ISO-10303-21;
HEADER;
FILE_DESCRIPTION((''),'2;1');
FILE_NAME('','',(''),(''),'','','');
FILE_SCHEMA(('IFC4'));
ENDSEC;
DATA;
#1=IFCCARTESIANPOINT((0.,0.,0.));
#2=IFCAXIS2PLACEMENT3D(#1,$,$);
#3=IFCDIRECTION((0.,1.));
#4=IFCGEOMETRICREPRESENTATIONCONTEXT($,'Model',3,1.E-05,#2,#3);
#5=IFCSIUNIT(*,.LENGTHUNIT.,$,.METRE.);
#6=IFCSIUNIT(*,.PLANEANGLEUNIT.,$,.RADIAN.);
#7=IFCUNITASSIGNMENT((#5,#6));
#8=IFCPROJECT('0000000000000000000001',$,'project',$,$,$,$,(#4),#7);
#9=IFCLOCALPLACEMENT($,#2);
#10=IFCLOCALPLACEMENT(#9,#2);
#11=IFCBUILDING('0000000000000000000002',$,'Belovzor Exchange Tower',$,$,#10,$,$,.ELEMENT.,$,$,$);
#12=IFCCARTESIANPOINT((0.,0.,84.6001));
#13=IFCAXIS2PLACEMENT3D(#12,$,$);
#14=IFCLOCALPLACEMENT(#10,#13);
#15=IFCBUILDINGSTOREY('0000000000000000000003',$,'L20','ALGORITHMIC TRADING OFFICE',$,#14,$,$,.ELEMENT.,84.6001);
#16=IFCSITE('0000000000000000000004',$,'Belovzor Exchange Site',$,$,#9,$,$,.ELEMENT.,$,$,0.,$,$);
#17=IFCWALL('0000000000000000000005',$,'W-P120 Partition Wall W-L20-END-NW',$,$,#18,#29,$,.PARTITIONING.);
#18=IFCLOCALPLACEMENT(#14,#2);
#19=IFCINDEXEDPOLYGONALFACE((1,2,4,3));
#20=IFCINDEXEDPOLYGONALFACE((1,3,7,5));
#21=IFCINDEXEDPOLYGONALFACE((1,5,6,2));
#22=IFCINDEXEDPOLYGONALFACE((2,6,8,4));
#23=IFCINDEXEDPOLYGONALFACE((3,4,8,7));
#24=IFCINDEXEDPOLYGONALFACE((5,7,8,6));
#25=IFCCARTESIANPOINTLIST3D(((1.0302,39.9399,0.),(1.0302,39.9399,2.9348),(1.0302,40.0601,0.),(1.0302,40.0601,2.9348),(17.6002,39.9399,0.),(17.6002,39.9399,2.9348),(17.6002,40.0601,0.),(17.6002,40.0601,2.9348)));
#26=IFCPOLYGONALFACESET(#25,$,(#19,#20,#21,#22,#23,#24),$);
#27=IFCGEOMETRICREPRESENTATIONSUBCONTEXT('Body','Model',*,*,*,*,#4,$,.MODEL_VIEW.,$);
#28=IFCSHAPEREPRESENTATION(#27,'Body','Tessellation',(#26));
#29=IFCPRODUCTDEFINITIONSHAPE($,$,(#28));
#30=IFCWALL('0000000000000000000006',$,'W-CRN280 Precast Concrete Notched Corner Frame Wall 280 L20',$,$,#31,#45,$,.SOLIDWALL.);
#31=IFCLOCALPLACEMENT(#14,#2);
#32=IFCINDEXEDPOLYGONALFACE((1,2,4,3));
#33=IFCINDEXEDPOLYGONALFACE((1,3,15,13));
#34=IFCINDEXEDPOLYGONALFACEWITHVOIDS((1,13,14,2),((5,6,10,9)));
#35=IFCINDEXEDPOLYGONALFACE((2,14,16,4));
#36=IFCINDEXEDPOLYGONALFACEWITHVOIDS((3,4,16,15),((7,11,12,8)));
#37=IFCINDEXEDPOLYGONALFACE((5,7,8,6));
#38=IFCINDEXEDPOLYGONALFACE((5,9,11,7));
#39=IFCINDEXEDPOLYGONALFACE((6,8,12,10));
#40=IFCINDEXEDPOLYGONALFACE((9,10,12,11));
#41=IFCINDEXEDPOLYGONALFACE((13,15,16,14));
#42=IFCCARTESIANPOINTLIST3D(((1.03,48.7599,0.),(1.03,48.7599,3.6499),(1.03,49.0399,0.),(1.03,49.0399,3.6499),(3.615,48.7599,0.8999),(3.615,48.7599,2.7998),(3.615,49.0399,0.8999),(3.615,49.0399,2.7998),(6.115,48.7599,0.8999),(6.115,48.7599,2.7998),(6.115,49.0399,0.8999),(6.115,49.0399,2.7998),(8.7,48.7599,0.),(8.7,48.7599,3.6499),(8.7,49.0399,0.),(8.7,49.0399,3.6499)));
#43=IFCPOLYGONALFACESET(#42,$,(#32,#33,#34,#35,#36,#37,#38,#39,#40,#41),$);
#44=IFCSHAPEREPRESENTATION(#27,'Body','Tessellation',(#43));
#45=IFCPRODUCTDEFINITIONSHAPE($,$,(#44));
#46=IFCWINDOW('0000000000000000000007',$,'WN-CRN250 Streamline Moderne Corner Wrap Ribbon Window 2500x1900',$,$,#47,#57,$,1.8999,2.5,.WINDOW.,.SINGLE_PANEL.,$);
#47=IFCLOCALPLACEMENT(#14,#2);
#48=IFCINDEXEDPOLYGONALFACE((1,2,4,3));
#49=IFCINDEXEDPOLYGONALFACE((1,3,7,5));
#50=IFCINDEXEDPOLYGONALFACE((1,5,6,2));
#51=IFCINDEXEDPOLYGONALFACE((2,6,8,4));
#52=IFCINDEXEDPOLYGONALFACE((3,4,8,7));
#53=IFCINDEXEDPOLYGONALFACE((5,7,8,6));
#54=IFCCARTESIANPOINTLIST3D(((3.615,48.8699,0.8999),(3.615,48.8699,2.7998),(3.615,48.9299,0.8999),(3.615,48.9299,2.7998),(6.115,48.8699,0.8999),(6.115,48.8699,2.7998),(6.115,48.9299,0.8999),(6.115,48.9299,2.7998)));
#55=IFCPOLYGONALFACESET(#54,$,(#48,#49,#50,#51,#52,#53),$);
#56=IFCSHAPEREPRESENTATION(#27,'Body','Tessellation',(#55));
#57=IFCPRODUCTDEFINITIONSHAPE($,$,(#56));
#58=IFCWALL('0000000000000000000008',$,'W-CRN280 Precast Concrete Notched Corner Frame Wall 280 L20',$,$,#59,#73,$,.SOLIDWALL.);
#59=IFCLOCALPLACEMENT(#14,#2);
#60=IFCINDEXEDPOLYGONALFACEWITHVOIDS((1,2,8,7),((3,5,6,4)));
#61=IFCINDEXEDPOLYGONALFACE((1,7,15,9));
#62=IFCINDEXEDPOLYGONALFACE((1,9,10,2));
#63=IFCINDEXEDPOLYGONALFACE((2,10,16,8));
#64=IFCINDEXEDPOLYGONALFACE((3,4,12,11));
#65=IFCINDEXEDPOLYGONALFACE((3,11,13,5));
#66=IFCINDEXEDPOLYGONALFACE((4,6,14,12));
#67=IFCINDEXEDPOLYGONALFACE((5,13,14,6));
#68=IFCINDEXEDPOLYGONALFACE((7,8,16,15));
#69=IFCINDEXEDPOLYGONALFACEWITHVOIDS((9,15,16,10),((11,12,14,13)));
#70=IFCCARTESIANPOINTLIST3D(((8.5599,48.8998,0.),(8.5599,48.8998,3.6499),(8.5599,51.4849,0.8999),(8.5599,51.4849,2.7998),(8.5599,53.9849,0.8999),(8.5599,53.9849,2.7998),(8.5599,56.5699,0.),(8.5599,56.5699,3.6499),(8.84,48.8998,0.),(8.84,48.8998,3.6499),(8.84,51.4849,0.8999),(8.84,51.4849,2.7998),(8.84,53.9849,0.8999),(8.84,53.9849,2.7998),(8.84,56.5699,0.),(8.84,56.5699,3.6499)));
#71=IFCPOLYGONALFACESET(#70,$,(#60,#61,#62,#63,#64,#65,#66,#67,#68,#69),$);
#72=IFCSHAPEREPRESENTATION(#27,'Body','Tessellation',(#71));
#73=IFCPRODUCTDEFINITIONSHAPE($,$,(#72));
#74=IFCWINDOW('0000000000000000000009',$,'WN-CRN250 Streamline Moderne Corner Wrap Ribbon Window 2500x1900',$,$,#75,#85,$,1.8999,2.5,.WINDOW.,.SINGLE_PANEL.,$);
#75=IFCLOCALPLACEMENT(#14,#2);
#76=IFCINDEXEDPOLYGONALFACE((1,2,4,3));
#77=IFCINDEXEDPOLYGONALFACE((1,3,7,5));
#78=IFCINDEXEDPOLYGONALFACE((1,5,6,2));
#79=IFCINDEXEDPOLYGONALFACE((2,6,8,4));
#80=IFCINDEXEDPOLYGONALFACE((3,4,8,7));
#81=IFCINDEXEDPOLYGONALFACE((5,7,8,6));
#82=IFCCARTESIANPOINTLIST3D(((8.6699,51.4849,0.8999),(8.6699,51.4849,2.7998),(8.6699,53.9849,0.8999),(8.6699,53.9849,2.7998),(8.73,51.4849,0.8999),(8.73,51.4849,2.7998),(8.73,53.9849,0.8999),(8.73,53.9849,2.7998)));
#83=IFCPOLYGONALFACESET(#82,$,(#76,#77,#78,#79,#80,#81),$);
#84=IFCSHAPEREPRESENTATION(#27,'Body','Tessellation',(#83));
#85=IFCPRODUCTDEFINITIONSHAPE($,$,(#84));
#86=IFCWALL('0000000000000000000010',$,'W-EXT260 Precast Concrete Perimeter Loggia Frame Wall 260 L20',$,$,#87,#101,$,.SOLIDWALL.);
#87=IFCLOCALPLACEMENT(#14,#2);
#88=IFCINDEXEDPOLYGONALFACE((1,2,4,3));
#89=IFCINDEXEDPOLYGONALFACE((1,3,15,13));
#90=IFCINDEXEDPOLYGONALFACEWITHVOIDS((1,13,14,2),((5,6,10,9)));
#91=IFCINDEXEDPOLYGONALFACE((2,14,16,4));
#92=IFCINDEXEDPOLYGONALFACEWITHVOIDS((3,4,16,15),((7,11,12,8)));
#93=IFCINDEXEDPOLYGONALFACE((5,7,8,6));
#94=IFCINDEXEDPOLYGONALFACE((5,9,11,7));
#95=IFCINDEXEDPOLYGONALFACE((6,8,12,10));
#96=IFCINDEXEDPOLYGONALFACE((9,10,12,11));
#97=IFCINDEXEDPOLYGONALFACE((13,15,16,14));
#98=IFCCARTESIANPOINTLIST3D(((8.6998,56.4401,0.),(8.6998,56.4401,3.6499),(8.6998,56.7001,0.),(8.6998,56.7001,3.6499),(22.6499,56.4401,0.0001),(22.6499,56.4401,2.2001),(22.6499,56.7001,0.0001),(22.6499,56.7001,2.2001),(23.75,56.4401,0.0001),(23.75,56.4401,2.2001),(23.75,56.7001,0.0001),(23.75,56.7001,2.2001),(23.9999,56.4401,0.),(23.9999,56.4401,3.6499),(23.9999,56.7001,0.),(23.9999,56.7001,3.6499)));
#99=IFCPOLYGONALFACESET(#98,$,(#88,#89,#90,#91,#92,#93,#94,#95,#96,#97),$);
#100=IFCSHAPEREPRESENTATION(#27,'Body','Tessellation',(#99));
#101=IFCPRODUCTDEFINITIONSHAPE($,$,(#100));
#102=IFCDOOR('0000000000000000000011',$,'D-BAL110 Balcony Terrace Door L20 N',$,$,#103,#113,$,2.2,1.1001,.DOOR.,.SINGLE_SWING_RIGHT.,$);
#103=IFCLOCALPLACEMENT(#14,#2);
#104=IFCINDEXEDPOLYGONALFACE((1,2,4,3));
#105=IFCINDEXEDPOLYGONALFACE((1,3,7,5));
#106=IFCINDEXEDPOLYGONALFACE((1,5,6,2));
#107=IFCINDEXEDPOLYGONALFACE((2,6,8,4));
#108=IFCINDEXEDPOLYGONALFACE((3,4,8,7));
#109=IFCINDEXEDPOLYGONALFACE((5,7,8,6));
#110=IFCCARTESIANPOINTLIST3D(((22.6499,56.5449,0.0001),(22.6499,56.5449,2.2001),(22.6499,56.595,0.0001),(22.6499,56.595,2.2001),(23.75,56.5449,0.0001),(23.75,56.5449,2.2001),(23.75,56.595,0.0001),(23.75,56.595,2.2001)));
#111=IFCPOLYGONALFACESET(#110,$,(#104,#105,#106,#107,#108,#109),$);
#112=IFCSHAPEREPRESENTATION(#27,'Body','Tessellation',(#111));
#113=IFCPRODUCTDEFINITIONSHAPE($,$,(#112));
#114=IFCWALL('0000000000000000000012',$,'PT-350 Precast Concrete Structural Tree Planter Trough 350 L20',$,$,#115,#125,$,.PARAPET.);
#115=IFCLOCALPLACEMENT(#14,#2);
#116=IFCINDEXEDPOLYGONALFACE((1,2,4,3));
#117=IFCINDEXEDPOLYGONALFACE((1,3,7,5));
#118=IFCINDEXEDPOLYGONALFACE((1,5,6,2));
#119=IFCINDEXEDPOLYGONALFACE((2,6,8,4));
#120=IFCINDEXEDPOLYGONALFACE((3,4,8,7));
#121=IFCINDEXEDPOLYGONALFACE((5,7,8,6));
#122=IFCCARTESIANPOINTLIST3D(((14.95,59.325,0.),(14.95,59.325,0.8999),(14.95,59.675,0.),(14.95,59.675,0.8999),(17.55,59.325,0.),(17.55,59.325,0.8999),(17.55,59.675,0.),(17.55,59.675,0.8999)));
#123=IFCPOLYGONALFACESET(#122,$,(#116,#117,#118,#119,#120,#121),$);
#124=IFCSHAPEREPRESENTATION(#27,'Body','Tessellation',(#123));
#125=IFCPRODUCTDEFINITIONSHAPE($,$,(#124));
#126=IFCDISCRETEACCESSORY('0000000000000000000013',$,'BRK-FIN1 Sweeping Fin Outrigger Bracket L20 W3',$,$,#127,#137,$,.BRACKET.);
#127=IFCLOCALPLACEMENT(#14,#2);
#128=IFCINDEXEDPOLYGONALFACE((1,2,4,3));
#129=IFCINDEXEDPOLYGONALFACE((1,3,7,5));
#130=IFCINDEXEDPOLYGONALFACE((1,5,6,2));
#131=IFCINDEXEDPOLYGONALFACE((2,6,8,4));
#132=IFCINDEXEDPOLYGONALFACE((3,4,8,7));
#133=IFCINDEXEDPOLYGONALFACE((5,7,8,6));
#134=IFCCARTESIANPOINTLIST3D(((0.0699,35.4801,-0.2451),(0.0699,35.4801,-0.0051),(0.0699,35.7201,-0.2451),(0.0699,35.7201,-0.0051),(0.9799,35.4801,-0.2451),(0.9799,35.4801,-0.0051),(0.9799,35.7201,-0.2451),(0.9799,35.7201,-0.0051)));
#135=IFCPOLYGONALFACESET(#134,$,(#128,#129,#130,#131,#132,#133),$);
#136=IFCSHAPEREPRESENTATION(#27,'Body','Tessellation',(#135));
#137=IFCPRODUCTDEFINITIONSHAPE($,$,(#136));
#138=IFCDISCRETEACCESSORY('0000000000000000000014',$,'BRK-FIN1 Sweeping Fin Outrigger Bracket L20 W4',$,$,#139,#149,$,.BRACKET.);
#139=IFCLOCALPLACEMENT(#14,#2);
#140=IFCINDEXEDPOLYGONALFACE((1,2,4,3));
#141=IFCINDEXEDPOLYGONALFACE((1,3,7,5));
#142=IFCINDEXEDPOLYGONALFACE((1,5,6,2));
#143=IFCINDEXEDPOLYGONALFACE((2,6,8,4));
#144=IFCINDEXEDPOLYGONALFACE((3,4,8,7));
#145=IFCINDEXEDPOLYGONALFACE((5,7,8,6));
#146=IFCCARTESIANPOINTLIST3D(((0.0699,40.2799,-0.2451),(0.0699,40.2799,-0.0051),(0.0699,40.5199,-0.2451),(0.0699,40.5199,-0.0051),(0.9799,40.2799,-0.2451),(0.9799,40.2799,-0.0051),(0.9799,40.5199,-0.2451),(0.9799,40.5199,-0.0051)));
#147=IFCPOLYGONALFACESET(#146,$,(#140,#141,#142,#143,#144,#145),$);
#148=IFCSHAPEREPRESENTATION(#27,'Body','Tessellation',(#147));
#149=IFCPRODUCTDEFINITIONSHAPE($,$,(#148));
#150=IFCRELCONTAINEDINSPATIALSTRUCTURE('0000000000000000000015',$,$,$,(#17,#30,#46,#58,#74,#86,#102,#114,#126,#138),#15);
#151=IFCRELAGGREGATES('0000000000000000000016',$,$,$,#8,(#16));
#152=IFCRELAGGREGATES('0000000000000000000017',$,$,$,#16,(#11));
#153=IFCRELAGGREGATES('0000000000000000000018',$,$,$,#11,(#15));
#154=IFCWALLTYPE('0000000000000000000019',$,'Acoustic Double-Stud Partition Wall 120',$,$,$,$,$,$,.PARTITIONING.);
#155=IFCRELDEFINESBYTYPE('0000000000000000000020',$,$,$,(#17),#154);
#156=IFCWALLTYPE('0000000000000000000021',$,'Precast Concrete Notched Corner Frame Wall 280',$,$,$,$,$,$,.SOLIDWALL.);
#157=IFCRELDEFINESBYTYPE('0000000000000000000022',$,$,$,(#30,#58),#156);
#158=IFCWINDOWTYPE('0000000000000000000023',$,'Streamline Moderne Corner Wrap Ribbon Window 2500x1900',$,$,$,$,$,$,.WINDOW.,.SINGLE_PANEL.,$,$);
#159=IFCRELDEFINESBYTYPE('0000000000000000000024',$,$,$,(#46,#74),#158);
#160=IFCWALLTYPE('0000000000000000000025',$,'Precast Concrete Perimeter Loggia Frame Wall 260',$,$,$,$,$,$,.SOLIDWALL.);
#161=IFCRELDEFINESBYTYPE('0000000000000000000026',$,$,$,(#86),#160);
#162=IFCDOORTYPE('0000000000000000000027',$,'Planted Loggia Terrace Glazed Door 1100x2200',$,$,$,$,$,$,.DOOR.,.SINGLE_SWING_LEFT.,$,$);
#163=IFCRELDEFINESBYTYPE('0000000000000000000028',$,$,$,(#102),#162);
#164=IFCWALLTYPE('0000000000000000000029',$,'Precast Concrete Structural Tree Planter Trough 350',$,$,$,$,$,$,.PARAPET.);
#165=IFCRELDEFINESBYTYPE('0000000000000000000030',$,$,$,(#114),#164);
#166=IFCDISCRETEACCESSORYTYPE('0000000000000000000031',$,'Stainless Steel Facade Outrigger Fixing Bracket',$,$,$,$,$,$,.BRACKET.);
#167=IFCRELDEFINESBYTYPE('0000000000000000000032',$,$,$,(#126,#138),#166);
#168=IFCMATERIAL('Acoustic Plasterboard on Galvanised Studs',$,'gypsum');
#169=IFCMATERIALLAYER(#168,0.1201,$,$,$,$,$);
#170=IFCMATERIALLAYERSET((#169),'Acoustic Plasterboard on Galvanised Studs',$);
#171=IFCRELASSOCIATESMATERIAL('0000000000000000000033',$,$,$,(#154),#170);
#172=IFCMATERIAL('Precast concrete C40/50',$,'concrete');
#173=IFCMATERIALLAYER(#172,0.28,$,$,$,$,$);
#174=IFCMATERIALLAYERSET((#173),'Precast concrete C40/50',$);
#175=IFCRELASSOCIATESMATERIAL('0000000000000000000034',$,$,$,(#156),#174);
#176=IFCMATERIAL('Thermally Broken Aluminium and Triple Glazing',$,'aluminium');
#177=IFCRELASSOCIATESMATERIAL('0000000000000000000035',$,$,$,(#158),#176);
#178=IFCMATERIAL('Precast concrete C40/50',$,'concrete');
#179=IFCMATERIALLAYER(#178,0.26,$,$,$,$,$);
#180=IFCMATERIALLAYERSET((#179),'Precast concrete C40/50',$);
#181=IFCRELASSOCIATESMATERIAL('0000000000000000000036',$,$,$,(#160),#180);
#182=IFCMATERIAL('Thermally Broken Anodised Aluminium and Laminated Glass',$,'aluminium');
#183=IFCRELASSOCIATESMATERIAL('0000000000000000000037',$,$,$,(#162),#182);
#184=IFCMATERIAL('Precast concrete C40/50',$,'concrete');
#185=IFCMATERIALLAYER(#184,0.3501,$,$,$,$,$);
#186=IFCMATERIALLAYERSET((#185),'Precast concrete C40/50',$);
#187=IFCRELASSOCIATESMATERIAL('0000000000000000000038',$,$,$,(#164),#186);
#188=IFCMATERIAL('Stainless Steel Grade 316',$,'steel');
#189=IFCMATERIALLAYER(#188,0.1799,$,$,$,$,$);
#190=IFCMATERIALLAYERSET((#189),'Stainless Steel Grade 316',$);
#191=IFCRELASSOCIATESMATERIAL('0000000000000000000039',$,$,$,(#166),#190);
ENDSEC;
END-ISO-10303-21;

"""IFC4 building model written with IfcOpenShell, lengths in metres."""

from ifc_helpers import new_model, si_unit, direction, frame, frame_2d, origin, origin_2d, place, context, subcontext, project, spatial, rectangle, extrude, material, layer, layer_set, type_object, element, fill, save


model = new_model("IFC4")

# Units and contexts
model_context = context("Model", 3, precision=1e-05, world=origin(), true_north=direction((0.0, 1.0)))
body_context = subcontext(model_context, "Body", "Model", "MODEL_VIEW")
ifc_project = project(units=[si_unit("LENGTHUNIT", "METRE"), si_unit("PLANEANGLEUNIT", "RADIAN")], contexts=[model_context])

# Site, building, storey
site_placement = place(None, origin())
site = spatial("IfcSite", under=ifc_project, at=site_placement, Name="Belovzor Exchange Site", CompositionType="ELEMENT", RefElevation=0.0)
building_placement = place(site_placement, origin())
building = spatial("IfcBuilding", under=site, at=building_placement, Name="Belovzor Exchange Tower", CompositionType="ELEMENT")
storey_placement = place(building_placement, frame((0.0, 0.0, 84.6001)))
storey = spatial("IfcBuildingStorey", under=building, at=storey_placement, Name="L20", Description="ALGORITHMIC TRADING OFFICE", CompositionType="ELEMENT", Elevation=84.6001)

# Wall
ifc_material_1 = material(Name="Acoustic Plasterboard on Galvanised Studs", Category="gypsum")
ifc_layer_1 = layer(ifc_material_1, 0.1201)
ifc_layer_set_1 = layer_set([ifc_layer_1], Name="Acoustic Plasterboard on Galvanised Studs")
wall_type_1 = type_object("IfcWallType", Name="Acoustic Double-Stud Partition Wall 120", PredefinedType="PARTITIONING", material=ifc_layer_set_1)
wall_1_placement = place(storey_placement, frame((1.03, 40.0, 0.0), z_axis=(0.0, 0.0, 1.0), x_axis=(1.0, 0.0, 0.0)))
element("IfcWall", 1, at=wall_1_placement, inside=storey, type_object=wall_type_1, Name="W-P120 Partition Wall W-L20-END-NW", PredefinedType="PARTITIONING", context=body_context, shape_type="SweptSolid", body=[
    extrude(rectangle(XDim=16.5701, YDim=0.1201, at=frame_2d((8.2852, 0.0))), origin(), (0.0, 0.0, 1.0), 2.9348),
])

# Walls, openings, windows
ifc_material_2 = material(Name="Precast concrete C40/50", Category="concrete")
ifc_layer_2 = layer(ifc_material_2, 0.28)
ifc_layer_set_2 = layer_set([ifc_layer_2], Name="Precast concrete C40/50")
wall_type_2 = type_object("IfcWallType", Name="Precast Concrete Notched Corner Frame Wall 280", PredefinedType="SOLIDWALL", material=ifc_layer_set_2)
wall_2_placement = place(storey_placement, frame((1.03, 48.8999, 0.0), z_axis=(0.0, 0.0, 1.0), x_axis=(1.0, 0.0, 0.0)))
wall_2 = element("IfcWall", 2, at=wall_2_placement, inside=storey, type_object=wall_type_2, Name="W-CRN280 Precast Concrete Notched Corner Frame Wall 280 L20", PredefinedType="SOLIDWALL", context=body_context, shape_type="SweptSolid", body=[
    extrude(rectangle(XDim=7.6699, YDim=0.28, at=frame_2d((3.835, 0.0))), origin(), (0.0, 0.0, 1.0), 3.6499),
])
opening_1_placement = place(wall_2_placement, frame((2.585, 0.0, 0.8999)))
opening_1 = element("IfcOpeningElement", 3, at=opening_1_placement, cuts=wall_2, PredefinedType="OPENING", context=body_context, shape_type="SweptSolid", body=[
    extrude(rectangle(XDim=2.5, YDim=1.8999, at=frame_2d((1.25, 0.95))), frame((0.0, 0.1499, 0.0), z_axis=(0.0, -1.0, 0.0), x_axis=(1.0, 0.0, 0.0)), (0.0, 0.0, 1.0), 0.3),
])
ifc_material_3 = material(Name="Thermally Broken Aluminium and Triple Glazing", Category="aluminium")
window_type = type_object("IfcWindowType", Name="Streamline Moderne Corner Wrap Ribbon Window 2500x1900", PartitioningType="SINGLE_PANEL", PredefinedType="WINDOW", material=ifc_material_3)
window_1_placement = place(opening_1_placement, origin())
window_1 = element("IfcWindow", 4, at=window_1_placement, inside=storey, type_object=window_type, Name="WN-CRN250 Streamline Moderne Corner Wrap Ribbon Window 2500x1900", OverallHeight=1.8999, OverallWidth=2.5, PartitioningType="SINGLE_PANEL", PredefinedType="WINDOW", context=body_context, shape_type="SweptSolid", body=[
    extrude(rectangle(XDim=2.5, YDim=1.8999, at=frame_2d((1.25, 0.95))), frame((0.0, 0.03, 0.0), z_axis=(0.0, -1.0, 0.0), x_axis=(1.0, 0.0, 0.0)), (0.0, 0.0, 1.0), 0.0601),
])
fill(opening_1, window_1)
wall_3_placement = place(storey_placement, frame((8.7, 48.8999, 0.0), z_axis=(0.0, 0.0, 1.0), x_axis=(0.0, 1.0, 0.0)))
wall_3 = element("IfcWall", 5, at=wall_3_placement, inside=storey, type_object=wall_type_2, Name="W-CRN280 Precast Concrete Notched Corner Frame Wall 280 L20", PredefinedType="SOLIDWALL", context=body_context, shape_type="SweptSolid", body=[
    extrude(rectangle(XDim=7.6702, YDim=0.28, at=frame_2d((3.835, 0.0))), origin(), (0.0, 0.0, 1.0), 3.6499),
])
opening_2_placement = place(wall_3_placement, frame((2.585, 0.0, 0.8999)))
opening_2 = element("IfcOpeningElement", 6, at=opening_2_placement, cuts=wall_3, PredefinedType="OPENING", context=body_context, shape_type="SweptSolid", body=[
    extrude(rectangle(XDim=2.5, YDim=1.8999, at=frame_2d((1.25, 0.95))), frame((0.0, 0.1499, 0.0), z_axis=(0.0, -1.0, 0.0), x_axis=(1.0, 0.0, 0.0)), (0.0, 0.0, 1.0), 0.3),
])
window_2_placement = place(opening_2_placement, origin())
window_2 = element("IfcWindow", 7, at=window_2_placement, inside=storey, type_object=window_type, Name="WN-CRN250 Streamline Moderne Corner Wrap Ribbon Window 2500x1900", OverallHeight=1.8999, OverallWidth=2.5, PartitioningType="SINGLE_PANEL", PredefinedType="WINDOW", context=body_context, shape_type="SweptSolid", body=[
    extrude(rectangle(XDim=2.5, YDim=1.8999, at=frame_2d((1.25, 0.95))), frame((0.0, 0.03, 0.0), z_axis=(0.0, -1.0, 0.0), x_axis=(1.0, 0.0, 0.0)), (0.0, 0.0, 1.0), 0.0601),
])
fill(opening_2, window_2)

# Wall, opening, door
ifc_material_4 = material(Name="Precast concrete C40/50", Category="concrete")
ifc_layer_3 = layer(ifc_material_4, 0.26)
ifc_layer_set_3 = layer_set([ifc_layer_3], Name="Precast concrete C40/50")
wall_type_3 = type_object("IfcWallType", Name="Precast Concrete Perimeter Loggia Frame Wall 260", PredefinedType="SOLIDWALL", material=ifc_layer_set_3)
wall_4_placement = place(storey_placement, frame((8.7, 56.5701, 0.0), z_axis=(0.0, 0.0, 1.0), x_axis=(1.0, 0.0, 0.0)))
wall_4 = element("IfcWall", 8, at=wall_4_placement, inside=storey, type_object=wall_type_3, Name="W-EXT260 Precast Concrete Perimeter Loggia Frame Wall 260 L20", PredefinedType="SOLIDWALL", context=body_context, shape_type="SweptSolid", body=[
    extrude(rectangle(XDim=15.3, YDim=0.26, at=frame_2d((7.6499, 0.0))), origin(), (0.0, 0.0, 1.0), 3.6499),
])
opening_3_placement = place(wall_4_placement, frame((13.95, 0.0, 0.0)))
opening_3 = element("IfcOpeningElement", 9, at=opening_3_placement, cuts=wall_4, PredefinedType="OPENING", context=body_context, shape_type="SweptSolid", body=[
    extrude(rectangle(XDim=1.1001, YDim=2.2, at=frame_2d((0.55, 1.1001))), frame((0.0, 0.1399, 0.0), z_axis=(0.0, -1.0, 0.0), x_axis=(1.0, 0.0, 0.0)), (0.0, 0.0, 1.0), 0.28),
])
ifc_material_5 = material(Name="Thermally Broken Anodised Aluminium and Laminated Glass", Category="aluminium")
door_type = type_object("IfcDoorType", Name="Planted Loggia Terrace Glazed Door 1100x2200", OperationType="SINGLE_SWING_LEFT", PredefinedType="DOOR", material=ifc_material_5)
door_placement = place(opening_3_placement, origin())
door = element("IfcDoor", 10, at=door_placement, inside=storey, type_object=door_type, Name="D-BAL110 Balcony Terrace Door L20 N", OperationType="SINGLE_SWING_RIGHT", OverallHeight=2.2, OverallWidth=1.1001, PredefinedType="DOOR", context=body_context, shape_type="SweptSolid", body=[
    extrude(rectangle(XDim=1.1001, YDim=2.2, at=frame_2d((0.55, 1.1001))), frame((0.0, 0.0249, 0.0), z_axis=(0.0, -1.0, 0.0), x_axis=(1.0, 0.0, 0.0)), (0.0, 0.0, 1.0), 0.05),
])
fill(opening_3, door)

# Wall
ifc_material_6 = material(Name="Precast concrete C40/50", Category="concrete")
ifc_layer_4 = layer(ifc_material_6, 0.3501)
ifc_layer_set_4 = layer_set([ifc_layer_4], Name="Precast concrete C40/50")
wall_type_4 = type_object("IfcWallType", Name="Precast Concrete Structural Tree Planter Trough 350", PredefinedType="PARAPET", material=ifc_layer_set_4)
wall_5_placement = place(storey_placement, frame((14.95, 59.5, 0.0), z_axis=(0.0, 0.0, 1.0), x_axis=(1.0, 0.0, 0.0)))
element("IfcWall", 11, at=wall_5_placement, inside=storey, type_object=wall_type_4, Name="PT-350 Precast Concrete Structural Tree Planter Trough 350 L20", PredefinedType="PARAPET", context=body_context, shape_type="SweptSolid", body=[
    extrude(rectangle(XDim=2.6001, YDim=0.3501, at=frame_2d((1.3, 0.0))), origin(), (0.0, 0.0, 1.0), 0.8999),
])

# Discrete accessories
ifc_material_7 = material(Name="Stainless Steel Grade 316", Category="steel")
ifc_layer_5 = layer(ifc_material_7, 0.1799)
ifc_layer_set_5 = layer_set([ifc_layer_5], Name="Stainless Steel Grade 316")
discrete_accessory_type = type_object("IfcDiscreteAccessoryType", Name="Stainless Steel Facade Outrigger Fixing Bracket", PredefinedType="BRACKET", material=ifc_layer_set_5)
for number, where, z_axis, x_axis, name in (
    (12, (0.5249, 35.6001, -0.2451), (0.0, 0.0, 1.0), (1.0, 0.0, 0.0), "BRK-FIN1 Sweeping Fin Outrigger Bracket L20 W3"),
    (13, (0.5249, 40.3999, -0.2451), (0.0, 0.0, 1.0), (1.0, 0.0, 0.0), "BRK-FIN1 Sweeping Fin Outrigger Bracket L20 W4"),
):
    element("IfcDiscreteAccessory", number, at=place(storey_placement, frame(where, z_axis=z_axis, x_axis=x_axis)), inside=storey, type_object=discrete_accessory_type, Name=name, PredefinedType="BRACKET", context=body_context, shape_type="SweptSolid", body=[
        extrude(rectangle(XDim=0.9099, YDim=0.24, at=origin_2d()), origin(), (0.0, 0.0, 1.0), 0.24),
    ])

save(model, "model.ifc")
